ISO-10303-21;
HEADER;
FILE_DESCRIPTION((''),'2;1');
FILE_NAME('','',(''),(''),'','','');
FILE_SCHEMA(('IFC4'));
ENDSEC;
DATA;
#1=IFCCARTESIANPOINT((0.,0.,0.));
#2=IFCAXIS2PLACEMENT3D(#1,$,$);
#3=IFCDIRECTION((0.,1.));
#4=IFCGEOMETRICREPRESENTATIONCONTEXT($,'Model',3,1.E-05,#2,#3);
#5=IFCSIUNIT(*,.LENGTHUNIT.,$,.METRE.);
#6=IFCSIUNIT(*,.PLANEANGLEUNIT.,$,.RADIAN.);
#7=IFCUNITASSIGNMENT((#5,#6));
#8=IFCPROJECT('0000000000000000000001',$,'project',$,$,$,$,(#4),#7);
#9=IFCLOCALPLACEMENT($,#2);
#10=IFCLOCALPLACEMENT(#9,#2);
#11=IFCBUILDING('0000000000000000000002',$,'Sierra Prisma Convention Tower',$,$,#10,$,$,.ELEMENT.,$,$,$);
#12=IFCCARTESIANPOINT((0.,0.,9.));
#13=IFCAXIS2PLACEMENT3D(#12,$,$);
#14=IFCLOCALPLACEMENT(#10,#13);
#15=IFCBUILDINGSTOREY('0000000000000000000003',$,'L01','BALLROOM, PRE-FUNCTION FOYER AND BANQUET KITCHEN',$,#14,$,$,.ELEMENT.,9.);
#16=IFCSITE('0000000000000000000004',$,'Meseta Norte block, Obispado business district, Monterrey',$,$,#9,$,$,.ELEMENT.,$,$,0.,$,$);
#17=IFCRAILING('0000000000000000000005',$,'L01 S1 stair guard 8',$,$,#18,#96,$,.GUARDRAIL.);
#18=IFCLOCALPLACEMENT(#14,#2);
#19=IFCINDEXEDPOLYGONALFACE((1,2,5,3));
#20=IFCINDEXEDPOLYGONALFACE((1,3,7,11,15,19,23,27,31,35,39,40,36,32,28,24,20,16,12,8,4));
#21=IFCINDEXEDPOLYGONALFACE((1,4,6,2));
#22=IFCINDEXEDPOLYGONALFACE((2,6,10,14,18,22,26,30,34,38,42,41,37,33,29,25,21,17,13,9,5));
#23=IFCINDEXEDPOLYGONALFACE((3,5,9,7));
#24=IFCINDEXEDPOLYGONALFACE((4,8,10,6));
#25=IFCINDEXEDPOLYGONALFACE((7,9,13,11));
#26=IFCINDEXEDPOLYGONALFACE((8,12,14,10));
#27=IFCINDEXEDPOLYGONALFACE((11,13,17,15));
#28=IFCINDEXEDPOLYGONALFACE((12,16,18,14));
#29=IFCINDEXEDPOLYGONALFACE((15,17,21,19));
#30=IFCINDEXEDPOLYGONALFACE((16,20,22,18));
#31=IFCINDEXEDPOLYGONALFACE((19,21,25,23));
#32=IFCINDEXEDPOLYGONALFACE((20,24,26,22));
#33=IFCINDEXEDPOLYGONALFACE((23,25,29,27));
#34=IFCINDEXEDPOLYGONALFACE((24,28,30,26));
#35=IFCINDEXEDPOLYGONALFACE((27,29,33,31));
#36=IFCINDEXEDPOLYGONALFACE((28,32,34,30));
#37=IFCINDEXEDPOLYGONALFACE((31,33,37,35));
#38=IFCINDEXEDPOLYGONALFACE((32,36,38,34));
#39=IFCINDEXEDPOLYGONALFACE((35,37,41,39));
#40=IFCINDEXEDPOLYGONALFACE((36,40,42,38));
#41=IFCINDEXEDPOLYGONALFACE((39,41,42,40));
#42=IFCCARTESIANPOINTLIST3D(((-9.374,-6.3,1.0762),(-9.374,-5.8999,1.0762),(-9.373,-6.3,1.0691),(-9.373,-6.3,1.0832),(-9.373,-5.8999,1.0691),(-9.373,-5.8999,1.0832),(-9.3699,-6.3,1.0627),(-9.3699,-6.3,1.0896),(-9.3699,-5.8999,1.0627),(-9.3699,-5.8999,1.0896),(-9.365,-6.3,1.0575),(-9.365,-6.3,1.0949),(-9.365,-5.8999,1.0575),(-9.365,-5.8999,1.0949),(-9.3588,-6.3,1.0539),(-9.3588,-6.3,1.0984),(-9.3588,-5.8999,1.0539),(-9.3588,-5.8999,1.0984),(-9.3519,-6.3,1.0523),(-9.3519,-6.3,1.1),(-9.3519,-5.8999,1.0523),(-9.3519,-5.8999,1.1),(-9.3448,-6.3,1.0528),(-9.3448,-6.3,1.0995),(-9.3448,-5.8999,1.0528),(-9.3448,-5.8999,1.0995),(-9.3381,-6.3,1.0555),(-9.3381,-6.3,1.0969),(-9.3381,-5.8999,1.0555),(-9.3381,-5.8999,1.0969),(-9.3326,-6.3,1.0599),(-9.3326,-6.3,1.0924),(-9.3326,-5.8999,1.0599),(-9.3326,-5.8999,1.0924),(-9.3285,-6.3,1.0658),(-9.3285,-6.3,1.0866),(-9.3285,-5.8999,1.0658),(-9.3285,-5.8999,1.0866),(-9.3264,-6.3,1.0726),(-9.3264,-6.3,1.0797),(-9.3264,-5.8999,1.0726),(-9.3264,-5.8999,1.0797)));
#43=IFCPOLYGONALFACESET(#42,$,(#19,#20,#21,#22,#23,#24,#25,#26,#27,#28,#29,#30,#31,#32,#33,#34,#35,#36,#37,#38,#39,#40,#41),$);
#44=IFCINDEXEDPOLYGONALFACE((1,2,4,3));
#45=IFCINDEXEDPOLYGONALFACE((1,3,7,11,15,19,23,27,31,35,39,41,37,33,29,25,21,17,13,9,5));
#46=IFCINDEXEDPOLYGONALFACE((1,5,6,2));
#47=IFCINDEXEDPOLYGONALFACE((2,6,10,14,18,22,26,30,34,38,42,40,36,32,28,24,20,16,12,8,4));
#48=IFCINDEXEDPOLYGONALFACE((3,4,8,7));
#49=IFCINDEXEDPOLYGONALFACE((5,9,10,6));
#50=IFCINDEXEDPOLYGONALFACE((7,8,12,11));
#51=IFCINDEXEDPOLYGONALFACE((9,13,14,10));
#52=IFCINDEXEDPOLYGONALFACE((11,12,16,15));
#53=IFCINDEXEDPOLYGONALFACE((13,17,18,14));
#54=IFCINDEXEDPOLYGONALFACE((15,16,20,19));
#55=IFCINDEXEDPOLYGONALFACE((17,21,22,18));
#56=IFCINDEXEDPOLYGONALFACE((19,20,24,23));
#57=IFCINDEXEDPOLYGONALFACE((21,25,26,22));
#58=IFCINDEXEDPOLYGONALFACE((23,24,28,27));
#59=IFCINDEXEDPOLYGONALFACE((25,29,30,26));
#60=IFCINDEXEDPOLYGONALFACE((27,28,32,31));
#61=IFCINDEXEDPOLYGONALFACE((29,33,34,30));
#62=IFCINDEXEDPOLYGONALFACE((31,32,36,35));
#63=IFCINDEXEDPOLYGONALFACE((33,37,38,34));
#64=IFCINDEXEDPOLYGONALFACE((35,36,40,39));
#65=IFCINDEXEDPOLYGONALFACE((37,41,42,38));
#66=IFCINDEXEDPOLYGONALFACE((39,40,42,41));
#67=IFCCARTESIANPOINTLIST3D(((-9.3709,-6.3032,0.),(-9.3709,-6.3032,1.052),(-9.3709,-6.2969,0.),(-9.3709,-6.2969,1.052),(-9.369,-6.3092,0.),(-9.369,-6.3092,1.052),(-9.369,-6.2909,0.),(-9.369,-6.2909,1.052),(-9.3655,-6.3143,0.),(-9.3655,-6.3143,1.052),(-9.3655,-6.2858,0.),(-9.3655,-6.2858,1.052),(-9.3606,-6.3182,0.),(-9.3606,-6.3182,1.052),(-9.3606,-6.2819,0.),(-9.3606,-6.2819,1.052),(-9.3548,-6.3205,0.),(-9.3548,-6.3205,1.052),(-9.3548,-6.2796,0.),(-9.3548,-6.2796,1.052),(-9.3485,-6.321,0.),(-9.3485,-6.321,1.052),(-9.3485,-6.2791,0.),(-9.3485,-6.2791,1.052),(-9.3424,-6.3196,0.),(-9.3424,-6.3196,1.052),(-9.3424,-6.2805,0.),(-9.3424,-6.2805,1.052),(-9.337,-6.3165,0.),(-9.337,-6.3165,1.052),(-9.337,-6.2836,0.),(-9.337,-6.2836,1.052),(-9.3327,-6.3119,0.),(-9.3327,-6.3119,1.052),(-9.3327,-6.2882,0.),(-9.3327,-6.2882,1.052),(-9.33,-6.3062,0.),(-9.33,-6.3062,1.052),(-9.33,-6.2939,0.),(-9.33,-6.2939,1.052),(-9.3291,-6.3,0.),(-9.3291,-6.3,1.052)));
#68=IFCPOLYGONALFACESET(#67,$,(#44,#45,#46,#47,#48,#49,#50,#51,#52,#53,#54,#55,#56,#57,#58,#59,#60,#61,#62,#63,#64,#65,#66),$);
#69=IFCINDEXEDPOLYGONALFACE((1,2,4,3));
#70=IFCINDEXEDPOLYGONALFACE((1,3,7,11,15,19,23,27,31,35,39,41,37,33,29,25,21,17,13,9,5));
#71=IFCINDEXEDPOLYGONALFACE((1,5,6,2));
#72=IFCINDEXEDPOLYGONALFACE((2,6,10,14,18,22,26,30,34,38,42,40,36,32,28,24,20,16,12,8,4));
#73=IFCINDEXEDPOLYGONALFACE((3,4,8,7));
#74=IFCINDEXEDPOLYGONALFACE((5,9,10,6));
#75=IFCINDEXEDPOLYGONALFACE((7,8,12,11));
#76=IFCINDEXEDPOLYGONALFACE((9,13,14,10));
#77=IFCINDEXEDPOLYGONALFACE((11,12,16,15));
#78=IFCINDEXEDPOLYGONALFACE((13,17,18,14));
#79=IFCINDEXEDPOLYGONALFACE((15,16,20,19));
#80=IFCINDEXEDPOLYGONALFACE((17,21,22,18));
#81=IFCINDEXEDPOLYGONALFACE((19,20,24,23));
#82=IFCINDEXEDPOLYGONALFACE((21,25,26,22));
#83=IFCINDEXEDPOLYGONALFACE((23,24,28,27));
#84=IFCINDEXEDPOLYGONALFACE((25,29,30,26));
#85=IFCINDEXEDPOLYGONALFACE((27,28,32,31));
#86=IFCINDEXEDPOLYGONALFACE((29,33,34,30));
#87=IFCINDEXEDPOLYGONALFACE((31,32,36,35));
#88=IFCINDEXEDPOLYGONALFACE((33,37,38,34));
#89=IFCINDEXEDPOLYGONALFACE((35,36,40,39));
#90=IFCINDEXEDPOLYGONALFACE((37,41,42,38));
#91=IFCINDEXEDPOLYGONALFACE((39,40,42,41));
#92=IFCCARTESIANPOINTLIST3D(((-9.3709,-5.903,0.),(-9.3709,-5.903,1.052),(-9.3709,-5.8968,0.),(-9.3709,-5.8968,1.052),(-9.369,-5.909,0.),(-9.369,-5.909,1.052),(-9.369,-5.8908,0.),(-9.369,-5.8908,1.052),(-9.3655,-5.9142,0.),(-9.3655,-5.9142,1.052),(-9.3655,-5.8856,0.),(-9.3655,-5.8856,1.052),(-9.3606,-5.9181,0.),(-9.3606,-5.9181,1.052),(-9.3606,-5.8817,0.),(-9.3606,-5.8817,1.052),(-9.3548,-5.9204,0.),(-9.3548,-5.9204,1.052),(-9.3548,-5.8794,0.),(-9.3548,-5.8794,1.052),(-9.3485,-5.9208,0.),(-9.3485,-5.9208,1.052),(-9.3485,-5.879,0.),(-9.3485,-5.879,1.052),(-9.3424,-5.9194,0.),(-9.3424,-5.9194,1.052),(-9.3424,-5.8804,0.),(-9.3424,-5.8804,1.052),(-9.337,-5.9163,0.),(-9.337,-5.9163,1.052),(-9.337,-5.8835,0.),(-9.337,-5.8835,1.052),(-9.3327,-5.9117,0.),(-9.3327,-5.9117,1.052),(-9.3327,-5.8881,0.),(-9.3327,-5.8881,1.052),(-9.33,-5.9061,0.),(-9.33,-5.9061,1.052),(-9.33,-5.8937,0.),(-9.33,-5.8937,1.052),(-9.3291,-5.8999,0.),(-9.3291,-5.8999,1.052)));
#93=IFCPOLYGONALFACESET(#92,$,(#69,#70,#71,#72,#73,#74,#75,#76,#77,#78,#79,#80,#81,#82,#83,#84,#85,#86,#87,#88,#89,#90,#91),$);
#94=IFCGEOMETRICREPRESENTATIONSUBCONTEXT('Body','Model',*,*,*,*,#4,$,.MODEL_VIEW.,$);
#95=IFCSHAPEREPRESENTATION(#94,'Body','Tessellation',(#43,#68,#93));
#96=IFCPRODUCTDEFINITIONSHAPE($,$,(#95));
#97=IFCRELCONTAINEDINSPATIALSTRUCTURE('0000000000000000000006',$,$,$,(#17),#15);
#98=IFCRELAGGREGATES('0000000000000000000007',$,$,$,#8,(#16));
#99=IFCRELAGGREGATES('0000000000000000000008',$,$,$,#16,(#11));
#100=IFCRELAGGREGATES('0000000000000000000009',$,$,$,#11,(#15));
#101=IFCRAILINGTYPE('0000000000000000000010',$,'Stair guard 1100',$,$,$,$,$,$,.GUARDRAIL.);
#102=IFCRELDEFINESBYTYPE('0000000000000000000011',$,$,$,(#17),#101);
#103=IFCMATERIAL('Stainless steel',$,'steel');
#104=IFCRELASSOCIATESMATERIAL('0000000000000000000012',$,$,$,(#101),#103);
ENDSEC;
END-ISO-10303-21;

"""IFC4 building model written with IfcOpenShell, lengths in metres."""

from ifc_helpers import new_model, si_unit, direction, frame, origin, origin_2d, place, context, subcontext, project, spatial, circle, extrude, material, type_object, element, save


model = new_model("IFC4")

# Units and contexts
model_context = context("Model", 3, precision=1e-05, world=origin(), true_north=direction((0.0, 1.0)))
body_context = subcontext(model_context, "Body", "Model", "MODEL_VIEW")
ifc_project = project(units=[si_unit("LENGTHUNIT", "METRE"), si_unit("PLANEANGLEUNIT", "RADIAN")], contexts=[model_context])

# Site, building, storey
site_placement = place(None, origin())
site = spatial("IfcSite", under=ifc_project, at=site_placement, Name="Meseta Norte block, Obispado business district, Monterrey", CompositionType="ELEMENT", RefElevation=0.0)
building_placement = place(site_placement, origin())
building = spatial("IfcBuilding", under=site, at=building_placement, Name="Sierra Prisma Convention Tower", CompositionType="ELEMENT")
storey_placement = place(building_placement, frame((0.0, 0.0, 9.0)))
storey = spatial("IfcBuildingStorey", under=building, at=storey_placement, Name="L01", Description="BALLROOM, PRE-FUNCTION FOYER AND BANQUET KITCHEN", CompositionType="ELEMENT", Elevation=9.0)

# Railing
ifc_material_1 = material(Name="Stainless steel", Category="steel")
railing_type_1 = type_object("IfcRailingType", Name="Stair guard 1100", PredefinedType="GUARDRAIL", material=ifc_material_1)
railing_1_placement = place(storey_placement, frame((-9.3501, -6.3, 0.0)))
element("IfcRailing", 1, at=railing_1_placement, inside=storey, type_object=railing_type_1, Name="L01 S1 stair guard 8", PredefinedType="GUARDRAIL", context=body_context, shape_type="SweptSolid", body=[
    extrude(circle(Radius=0.0239, at=origin_2d()), frame((0.0, 0.0, 1.0762), z_axis=(0.0, 1.0, 0.0), x_axis=(-1.0, 0.0, 0.0)), (0.0, 0.0, 1.0), 0.4001),
    extrude(circle(Radius=0.021, at=origin_2d()), origin(), (0.0, 0.0, 1.0), 1.052),
    extrude(circle(Radius=0.021, at=origin_2d()), frame((0.0, 0.4001, 0.0)), (0.0, 0.0, 1.0), 1.052),
])

save(model, "model.ifc")
